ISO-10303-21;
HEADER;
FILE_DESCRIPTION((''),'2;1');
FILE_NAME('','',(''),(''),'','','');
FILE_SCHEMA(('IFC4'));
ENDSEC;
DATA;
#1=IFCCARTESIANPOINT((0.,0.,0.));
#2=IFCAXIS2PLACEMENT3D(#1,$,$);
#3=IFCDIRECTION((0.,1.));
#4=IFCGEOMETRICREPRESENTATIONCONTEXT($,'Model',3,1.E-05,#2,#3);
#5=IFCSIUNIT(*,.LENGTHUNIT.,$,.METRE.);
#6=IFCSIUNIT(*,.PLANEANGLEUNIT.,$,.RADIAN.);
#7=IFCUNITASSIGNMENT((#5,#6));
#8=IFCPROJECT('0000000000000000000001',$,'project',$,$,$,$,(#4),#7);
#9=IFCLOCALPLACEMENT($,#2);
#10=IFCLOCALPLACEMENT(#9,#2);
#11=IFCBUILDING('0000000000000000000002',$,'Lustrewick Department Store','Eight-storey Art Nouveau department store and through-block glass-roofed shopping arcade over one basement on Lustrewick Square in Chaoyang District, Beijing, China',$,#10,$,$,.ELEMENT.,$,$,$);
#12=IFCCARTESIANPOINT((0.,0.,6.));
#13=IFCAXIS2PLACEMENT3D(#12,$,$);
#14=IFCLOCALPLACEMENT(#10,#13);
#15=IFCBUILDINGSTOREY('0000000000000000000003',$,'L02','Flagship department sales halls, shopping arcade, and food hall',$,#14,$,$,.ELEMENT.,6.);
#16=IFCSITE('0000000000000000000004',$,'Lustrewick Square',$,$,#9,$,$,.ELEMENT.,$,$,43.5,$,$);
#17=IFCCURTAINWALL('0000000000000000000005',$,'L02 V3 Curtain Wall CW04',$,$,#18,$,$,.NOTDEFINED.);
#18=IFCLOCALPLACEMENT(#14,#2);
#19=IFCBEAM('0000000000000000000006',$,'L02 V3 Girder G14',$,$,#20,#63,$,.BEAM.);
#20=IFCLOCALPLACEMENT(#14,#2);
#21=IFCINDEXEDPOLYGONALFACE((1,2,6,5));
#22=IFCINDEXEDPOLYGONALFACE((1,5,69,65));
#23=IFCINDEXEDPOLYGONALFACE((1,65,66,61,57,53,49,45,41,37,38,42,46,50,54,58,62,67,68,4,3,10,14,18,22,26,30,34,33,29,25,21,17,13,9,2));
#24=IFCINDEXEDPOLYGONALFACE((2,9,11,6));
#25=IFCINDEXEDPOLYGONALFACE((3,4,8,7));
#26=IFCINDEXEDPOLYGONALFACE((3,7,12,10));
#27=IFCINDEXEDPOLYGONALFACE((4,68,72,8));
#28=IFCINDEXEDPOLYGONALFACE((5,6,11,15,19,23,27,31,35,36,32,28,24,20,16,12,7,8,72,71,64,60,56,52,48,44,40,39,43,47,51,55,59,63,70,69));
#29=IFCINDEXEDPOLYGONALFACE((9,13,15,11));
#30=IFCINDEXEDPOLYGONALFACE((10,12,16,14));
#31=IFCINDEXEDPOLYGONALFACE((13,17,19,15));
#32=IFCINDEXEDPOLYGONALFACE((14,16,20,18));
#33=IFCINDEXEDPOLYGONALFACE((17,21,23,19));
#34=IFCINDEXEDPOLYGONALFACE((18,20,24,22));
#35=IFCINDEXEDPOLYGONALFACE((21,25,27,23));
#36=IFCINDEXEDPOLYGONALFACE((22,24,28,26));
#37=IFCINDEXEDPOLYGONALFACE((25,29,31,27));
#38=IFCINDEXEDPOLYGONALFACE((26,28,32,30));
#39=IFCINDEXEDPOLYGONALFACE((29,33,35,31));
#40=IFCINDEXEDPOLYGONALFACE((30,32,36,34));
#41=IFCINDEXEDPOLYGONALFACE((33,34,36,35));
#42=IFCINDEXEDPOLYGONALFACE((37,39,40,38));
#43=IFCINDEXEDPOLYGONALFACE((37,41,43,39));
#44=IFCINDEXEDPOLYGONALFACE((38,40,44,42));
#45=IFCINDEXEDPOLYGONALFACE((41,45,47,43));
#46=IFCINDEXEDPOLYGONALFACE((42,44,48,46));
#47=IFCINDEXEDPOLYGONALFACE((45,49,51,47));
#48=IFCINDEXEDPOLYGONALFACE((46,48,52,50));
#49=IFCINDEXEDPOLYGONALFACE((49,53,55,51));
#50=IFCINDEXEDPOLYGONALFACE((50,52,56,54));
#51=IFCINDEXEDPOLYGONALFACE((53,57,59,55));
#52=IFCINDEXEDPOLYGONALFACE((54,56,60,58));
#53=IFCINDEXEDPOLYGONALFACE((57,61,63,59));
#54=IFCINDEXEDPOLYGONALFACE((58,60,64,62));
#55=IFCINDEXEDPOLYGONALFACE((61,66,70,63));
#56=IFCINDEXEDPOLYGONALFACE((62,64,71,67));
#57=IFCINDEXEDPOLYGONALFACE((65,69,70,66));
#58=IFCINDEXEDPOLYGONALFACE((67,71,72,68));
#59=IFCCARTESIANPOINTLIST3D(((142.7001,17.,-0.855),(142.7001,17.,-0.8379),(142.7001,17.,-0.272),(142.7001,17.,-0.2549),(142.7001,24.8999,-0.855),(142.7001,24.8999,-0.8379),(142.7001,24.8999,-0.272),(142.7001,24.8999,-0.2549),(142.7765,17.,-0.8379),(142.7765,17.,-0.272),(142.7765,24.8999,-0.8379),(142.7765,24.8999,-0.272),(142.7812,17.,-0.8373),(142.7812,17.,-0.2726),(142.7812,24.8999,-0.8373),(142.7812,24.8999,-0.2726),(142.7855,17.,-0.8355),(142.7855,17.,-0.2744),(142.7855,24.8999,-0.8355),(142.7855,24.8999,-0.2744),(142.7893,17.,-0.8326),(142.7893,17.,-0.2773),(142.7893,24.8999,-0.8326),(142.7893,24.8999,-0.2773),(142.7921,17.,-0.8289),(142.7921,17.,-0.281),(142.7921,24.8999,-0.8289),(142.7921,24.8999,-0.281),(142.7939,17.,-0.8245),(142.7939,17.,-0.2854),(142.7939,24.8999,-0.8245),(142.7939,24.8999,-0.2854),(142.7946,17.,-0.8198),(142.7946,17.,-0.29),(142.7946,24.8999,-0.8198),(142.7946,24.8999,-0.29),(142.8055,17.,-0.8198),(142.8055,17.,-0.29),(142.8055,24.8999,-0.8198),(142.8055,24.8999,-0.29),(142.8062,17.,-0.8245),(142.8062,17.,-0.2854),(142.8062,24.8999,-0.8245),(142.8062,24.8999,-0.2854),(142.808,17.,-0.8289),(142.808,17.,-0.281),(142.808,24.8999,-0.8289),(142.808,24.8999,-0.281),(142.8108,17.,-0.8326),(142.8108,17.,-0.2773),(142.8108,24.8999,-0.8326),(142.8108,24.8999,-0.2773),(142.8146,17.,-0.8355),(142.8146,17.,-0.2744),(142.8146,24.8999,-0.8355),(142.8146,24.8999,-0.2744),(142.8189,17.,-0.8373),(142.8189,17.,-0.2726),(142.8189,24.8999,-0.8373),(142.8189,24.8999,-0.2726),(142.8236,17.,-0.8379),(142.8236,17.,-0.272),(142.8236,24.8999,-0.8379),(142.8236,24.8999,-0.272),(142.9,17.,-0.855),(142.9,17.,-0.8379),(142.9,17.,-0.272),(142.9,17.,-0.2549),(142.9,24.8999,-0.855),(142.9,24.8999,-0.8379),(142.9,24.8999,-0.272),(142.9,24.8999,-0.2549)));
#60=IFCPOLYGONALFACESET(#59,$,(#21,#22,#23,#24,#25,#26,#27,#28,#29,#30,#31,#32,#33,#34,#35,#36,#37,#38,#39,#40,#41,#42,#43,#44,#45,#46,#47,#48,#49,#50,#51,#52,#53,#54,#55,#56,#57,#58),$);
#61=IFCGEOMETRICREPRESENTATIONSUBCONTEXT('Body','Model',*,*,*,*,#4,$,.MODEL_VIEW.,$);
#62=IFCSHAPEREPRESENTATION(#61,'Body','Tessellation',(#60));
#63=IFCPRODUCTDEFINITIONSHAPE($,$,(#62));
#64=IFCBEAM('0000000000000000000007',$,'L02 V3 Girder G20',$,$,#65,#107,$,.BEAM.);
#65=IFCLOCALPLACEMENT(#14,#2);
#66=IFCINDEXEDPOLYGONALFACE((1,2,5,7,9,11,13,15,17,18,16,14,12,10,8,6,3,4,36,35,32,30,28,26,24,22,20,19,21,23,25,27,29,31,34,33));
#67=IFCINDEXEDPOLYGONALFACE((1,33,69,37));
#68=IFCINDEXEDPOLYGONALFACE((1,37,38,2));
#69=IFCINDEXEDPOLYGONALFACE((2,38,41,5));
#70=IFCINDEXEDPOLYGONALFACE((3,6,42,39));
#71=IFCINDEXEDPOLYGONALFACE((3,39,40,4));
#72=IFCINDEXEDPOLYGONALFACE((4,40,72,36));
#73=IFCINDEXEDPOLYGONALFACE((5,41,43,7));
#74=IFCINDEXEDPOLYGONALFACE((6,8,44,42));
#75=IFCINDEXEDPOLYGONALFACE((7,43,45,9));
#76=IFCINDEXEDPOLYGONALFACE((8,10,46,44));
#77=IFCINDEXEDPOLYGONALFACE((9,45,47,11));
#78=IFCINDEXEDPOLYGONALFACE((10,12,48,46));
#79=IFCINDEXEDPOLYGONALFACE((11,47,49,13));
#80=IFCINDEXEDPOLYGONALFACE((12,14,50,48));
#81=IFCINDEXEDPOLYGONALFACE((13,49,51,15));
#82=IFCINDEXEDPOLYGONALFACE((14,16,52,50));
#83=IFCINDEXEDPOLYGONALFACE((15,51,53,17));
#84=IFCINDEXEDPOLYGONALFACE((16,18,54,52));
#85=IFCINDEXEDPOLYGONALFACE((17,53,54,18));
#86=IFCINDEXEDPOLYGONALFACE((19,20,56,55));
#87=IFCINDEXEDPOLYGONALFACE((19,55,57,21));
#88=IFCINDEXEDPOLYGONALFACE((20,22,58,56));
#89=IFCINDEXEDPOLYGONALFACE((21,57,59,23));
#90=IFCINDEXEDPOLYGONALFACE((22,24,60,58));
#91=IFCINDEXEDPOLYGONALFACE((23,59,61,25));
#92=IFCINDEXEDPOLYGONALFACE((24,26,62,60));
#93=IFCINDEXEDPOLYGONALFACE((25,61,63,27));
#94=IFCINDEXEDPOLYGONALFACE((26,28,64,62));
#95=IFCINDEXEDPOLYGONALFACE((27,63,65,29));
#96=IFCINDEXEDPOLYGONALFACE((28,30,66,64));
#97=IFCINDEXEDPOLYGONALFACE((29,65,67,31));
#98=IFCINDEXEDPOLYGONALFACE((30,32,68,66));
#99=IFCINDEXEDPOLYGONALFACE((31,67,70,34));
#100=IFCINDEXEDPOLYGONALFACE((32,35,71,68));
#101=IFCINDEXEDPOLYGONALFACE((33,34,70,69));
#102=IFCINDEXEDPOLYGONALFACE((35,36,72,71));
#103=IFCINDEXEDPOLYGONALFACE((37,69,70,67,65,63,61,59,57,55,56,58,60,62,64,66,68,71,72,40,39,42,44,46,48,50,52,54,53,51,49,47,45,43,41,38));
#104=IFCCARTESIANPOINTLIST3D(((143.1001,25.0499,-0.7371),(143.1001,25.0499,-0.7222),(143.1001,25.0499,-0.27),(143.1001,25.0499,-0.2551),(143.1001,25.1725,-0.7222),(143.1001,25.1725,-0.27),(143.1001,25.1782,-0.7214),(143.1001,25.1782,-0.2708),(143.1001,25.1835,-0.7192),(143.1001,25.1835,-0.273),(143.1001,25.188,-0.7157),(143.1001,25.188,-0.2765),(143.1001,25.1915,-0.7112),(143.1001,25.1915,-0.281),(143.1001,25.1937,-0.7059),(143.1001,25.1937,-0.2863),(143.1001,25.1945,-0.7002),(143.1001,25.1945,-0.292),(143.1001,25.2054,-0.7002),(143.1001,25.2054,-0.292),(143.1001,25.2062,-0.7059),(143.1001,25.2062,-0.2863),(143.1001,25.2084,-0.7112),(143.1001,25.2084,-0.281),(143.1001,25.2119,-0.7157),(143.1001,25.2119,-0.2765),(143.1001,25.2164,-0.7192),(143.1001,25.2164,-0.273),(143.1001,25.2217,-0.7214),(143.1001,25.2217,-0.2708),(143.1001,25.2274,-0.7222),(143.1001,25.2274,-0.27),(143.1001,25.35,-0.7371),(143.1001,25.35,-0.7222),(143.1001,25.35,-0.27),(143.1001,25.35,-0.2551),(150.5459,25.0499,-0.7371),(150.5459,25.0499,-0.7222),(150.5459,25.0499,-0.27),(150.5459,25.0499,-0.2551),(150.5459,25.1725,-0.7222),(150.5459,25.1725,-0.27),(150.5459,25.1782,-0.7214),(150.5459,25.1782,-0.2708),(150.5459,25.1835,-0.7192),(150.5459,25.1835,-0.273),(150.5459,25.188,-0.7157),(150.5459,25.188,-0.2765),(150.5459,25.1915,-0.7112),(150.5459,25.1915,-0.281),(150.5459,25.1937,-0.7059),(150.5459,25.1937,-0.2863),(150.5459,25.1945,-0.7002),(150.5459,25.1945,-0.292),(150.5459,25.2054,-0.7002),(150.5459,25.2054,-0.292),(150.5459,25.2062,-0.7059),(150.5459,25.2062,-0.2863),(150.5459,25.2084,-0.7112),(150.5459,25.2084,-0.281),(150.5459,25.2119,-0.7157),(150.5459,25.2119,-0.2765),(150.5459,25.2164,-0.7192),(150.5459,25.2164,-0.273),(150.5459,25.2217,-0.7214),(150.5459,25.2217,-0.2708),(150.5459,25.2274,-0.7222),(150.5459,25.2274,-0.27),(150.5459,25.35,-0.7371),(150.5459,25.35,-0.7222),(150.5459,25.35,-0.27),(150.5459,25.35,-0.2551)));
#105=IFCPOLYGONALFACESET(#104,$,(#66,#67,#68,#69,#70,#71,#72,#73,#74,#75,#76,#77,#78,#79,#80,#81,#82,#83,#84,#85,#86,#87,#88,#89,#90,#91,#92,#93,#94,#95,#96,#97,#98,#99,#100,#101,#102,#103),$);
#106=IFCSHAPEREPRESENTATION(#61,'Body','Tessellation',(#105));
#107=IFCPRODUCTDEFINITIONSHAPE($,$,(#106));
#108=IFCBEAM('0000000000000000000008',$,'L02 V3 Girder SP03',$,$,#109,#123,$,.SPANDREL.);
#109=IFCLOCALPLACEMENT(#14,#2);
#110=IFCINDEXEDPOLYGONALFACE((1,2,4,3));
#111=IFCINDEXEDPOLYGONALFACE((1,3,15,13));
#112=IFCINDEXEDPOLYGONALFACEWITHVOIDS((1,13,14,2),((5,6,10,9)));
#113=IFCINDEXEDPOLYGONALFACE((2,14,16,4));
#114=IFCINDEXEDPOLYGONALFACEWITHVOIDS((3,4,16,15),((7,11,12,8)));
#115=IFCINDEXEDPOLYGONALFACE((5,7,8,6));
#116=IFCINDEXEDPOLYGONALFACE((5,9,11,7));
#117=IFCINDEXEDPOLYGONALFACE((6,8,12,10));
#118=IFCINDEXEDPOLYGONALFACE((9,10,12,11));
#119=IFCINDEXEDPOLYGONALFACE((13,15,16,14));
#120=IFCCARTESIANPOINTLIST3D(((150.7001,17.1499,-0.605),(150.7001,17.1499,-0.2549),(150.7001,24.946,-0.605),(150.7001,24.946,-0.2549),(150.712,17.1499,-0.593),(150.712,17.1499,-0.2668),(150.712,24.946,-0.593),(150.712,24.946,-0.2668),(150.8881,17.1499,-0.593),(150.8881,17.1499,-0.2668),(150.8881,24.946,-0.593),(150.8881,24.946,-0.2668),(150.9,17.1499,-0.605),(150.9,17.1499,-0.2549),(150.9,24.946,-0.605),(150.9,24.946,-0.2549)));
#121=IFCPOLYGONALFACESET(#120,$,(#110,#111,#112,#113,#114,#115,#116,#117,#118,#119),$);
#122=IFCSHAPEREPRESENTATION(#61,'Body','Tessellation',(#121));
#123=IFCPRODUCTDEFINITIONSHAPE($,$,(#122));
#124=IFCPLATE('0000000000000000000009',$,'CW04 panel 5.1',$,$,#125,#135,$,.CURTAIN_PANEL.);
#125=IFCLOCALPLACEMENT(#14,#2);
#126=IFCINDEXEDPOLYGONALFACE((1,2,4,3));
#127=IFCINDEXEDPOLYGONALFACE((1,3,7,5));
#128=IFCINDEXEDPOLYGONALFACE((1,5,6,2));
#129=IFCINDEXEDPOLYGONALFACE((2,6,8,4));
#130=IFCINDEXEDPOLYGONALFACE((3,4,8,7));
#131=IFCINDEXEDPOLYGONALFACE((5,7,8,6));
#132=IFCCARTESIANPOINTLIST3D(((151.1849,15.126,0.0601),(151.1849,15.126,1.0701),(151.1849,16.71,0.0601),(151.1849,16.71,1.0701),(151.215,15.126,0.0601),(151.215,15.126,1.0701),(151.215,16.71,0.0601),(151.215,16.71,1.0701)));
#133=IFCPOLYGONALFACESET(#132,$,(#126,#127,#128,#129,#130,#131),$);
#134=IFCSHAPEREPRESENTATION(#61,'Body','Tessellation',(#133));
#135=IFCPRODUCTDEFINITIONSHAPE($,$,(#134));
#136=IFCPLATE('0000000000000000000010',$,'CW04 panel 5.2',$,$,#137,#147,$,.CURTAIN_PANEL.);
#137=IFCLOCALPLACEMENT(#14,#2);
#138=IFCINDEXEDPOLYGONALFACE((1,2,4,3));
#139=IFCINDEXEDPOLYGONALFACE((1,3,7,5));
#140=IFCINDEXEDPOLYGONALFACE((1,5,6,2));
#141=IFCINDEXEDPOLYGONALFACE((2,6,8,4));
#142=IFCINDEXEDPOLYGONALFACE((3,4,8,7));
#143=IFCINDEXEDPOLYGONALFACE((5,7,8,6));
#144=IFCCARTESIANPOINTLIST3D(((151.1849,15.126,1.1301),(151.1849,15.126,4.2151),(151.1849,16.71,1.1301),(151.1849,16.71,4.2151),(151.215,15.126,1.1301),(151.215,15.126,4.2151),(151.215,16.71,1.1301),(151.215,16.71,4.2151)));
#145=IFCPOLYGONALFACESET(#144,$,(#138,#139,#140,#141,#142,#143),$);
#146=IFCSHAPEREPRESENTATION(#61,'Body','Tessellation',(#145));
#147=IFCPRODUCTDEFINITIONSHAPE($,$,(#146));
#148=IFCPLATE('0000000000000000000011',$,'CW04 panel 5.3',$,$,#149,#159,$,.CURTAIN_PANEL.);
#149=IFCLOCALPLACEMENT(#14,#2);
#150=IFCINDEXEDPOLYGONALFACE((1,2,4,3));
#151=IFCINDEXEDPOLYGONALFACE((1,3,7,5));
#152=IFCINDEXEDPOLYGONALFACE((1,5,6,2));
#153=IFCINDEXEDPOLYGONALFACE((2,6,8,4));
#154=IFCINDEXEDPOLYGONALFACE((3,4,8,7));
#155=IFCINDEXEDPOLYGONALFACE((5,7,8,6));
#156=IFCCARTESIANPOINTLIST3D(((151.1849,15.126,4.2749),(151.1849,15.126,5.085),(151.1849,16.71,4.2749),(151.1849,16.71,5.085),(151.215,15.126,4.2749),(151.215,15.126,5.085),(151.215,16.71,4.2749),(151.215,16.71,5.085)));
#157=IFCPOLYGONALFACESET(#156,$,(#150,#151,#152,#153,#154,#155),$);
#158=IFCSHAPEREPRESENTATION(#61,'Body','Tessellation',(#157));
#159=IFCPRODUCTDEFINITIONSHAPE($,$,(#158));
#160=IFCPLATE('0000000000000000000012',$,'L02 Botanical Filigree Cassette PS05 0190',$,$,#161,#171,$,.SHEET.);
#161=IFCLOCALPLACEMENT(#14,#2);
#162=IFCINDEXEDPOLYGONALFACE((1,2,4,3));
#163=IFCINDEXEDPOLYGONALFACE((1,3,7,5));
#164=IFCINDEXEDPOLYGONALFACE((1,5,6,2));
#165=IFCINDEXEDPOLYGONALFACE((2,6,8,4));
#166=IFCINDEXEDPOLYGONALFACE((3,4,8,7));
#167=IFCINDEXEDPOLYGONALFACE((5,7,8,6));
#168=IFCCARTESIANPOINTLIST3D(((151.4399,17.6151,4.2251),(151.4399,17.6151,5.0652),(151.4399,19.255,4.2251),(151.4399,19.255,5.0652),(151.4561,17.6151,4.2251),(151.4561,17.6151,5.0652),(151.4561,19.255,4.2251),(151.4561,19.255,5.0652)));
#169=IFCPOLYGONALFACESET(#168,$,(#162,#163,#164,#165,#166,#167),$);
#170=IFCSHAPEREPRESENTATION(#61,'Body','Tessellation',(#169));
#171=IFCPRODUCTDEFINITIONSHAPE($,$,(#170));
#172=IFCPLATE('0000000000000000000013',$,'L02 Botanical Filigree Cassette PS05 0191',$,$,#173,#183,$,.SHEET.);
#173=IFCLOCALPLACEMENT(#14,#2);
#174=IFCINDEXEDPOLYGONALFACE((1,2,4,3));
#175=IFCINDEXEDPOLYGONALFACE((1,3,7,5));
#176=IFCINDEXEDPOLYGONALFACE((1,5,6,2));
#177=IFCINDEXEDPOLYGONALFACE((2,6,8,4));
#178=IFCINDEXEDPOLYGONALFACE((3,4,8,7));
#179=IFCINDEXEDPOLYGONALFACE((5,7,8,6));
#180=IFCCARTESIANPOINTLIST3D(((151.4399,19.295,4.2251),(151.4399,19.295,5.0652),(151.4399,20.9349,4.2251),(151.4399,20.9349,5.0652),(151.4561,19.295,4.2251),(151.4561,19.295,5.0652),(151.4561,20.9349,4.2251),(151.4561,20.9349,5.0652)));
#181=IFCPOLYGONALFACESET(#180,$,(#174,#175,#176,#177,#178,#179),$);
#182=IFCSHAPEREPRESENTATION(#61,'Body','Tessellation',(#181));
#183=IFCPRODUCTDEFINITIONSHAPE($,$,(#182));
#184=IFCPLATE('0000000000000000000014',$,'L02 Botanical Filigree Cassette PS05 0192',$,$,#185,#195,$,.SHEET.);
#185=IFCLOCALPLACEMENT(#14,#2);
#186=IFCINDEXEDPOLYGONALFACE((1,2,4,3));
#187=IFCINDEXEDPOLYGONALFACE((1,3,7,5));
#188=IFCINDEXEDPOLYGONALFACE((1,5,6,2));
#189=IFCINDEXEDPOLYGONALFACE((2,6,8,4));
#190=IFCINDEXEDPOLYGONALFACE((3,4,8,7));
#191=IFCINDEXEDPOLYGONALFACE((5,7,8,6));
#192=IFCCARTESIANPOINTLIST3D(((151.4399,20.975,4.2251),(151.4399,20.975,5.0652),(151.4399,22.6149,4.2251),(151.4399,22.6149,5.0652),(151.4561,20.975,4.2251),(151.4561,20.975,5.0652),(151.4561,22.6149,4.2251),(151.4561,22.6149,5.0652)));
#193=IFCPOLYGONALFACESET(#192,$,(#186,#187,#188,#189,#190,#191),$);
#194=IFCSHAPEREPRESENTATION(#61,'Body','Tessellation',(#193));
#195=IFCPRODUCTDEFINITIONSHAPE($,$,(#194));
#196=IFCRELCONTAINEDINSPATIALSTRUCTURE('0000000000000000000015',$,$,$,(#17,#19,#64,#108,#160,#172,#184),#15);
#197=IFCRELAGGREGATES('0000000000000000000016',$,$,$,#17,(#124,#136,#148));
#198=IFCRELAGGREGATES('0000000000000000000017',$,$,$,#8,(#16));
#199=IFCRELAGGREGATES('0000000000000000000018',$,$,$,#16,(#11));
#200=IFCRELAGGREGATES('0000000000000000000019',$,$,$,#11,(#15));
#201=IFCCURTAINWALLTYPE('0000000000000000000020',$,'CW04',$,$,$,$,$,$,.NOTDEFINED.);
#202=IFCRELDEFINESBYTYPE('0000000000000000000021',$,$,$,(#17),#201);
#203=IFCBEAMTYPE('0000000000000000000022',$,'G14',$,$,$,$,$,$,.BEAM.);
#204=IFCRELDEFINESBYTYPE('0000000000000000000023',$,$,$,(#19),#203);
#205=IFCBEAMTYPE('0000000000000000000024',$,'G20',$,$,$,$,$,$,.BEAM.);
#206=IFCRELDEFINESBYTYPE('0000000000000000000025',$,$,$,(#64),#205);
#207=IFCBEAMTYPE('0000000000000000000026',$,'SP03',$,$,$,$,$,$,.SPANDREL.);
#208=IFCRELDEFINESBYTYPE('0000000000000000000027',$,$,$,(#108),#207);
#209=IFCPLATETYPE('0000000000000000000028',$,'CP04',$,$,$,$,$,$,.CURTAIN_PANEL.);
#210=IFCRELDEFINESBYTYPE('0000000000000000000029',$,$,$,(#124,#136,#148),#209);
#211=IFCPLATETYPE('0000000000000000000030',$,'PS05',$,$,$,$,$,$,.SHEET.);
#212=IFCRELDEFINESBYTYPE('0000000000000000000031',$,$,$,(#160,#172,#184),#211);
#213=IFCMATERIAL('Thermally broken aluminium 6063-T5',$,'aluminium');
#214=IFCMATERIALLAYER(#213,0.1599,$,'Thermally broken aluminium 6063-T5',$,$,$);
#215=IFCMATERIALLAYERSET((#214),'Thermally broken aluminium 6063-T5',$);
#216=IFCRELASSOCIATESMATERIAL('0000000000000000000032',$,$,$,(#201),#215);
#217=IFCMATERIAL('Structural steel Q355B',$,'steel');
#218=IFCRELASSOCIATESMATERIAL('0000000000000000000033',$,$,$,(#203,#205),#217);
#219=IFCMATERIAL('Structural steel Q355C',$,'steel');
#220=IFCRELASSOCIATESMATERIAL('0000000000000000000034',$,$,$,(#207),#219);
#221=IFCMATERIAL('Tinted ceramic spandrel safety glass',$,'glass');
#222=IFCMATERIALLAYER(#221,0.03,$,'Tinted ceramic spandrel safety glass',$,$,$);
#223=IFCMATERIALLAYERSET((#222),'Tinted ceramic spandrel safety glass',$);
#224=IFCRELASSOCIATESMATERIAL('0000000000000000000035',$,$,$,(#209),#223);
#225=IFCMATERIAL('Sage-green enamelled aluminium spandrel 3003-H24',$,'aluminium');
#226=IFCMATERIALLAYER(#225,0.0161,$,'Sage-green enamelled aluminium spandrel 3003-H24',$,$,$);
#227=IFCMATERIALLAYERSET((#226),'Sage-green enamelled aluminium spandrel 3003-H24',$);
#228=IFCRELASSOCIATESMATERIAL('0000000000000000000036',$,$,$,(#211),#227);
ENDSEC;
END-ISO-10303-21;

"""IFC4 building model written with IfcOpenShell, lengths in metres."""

from ifc_helpers import new_model, si_unit, direction, frame, origin, origin_2d, place, context, subcontext, project, spatial, rectangle, hollow_rectangle, i_section, extrude, material, layer, layer_set, material_profile, profile_set, type_object, element, aggregate, save


model = new_model("IFC4")

# Units and contexts
model_context = context("Model", 3, precision=1e-05, world=origin(), true_north=direction((0.0, 1.0)))
body_context = subcontext(model_context, "Body", "Model", "MODEL_VIEW")
ifc_project = project(units=[si_unit("LENGTHUNIT", "METRE"), si_unit("PLANEANGLEUNIT", "RADIAN")], contexts=[model_context])

# Site, building, storey
site_placement = place(None, origin())
site = spatial("IfcSite", under=ifc_project, at=site_placement, Name="Lustrewick Square", CompositionType="ELEMENT", RefElevation=43.5)
building_placement = place(site_placement, origin())
building = spatial("IfcBuilding", under=site, at=building_placement, Name="Lustrewick Department Store", Description="Eight-storey Art Nouveau department store and through-block glass-roofed shopping arcade over one basement on Lustrewick Square in Chaoyang District, Beijing, China", CompositionType="ELEMENT")
storey_placement = place(building_placement, frame((0.0, 0.0, 6.0)))
storey = spatial("IfcBuildingStorey", under=building, at=storey_placement, Name="L02", Description="Flagship department sales halls, shopping arcade, and food hall", CompositionType="ELEMENT", Elevation=6.0)

# Shared definitions
ifc_material_1 = material(Name="Structural steel Q355C", Category="steel")

# Shared definitions
ifc_material_2 = material(Name="Structural steel Q355B", Category="steel")

# Curtain wall
ifc_material_3 = material(Name="Thermally broken aluminium 6063-T5", Category="aluminium")
ifc_layer_1 = layer(ifc_material_3, 0.1599, Name="Thermally broken aluminium 6063-T5")
ifc_layer_set_1 = layer_set([ifc_layer_1], Name="Thermally broken aluminium 6063-T5")
curtain_wall_type_1 = type_object("IfcCurtainWallType", Name="CW04", PredefinedType="NOTDEFINED", material=ifc_layer_set_1)
curtain_wall_1_placement = place(storey_placement, origin())
curtain_wall_1 = element("IfcCurtainWall", 1, at=curtain_wall_1_placement, inside=storey, type_object=curtain_wall_type_1, Name="L02 V3 Curtain Wall CW04", PredefinedType="NOTDEFINED")

# Beams
ifc_material_profile_1 = material_profile(ifc_material_2, i_section(OverallWidth=0.2, OverallDepth=0.6001, WebThickness=0.011, FlangeThickness=0.0171, FilletRadius=0.0181, at=origin_2d()), Name="HN 600x200x11x17")
ifc_profile_set_1 = profile_set([ifc_material_profile_1], Name="Structural steel Q355B")
beam_type_1 = type_object("IfcBeamType", Name="G14", PredefinedType="BEAM", material=ifc_profile_set_1)
beam_1_placement = place(storey_placement, frame((142.8, 17.0, -0.5549), z_axis=(0.0, 1.0, 0.0), x_axis=(-1.0, 0.0, 0.0)))
element("IfcBeam", 2, at=beam_1_placement, inside=storey, type_object=beam_type_1, Name="L02 V3 Girder G14", PredefinedType="BEAM", context=body_context, shape_type="SweptSolid", body=[
    extrude(i_section(OverallWidth=0.2, OverallDepth=0.6001, WebThickness=0.011, FlangeThickness=0.0171, FilletRadius=0.0181, at=origin_2d()), origin(), (0.0, 0.0, 1.0), 7.8999),
])
ifc_material_profile_2 = material_profile(ifc_material_2, i_section(OverallWidth=0.3, OverallDepth=0.4819, WebThickness=0.011, FlangeThickness=0.0149, FilletRadius=0.022, at=origin_2d()), Name="HM 482x300x11x15")
ifc_profile_set_2 = profile_set([ifc_material_profile_2], Name="Structural steel Q355B")
beam_type_2 = type_object("IfcBeamType", Name="G20", PredefinedType="BEAM", material=ifc_profile_set_2)
beam_2_placement = place(storey_placement, frame((143.1001, 25.2, -0.4961), z_axis=(1.0, 0.0, 0.0), x_axis=(0.0, 1.0, 0.0)))
element("IfcBeam", 3, at=beam_2_placement, inside=storey, type_object=beam_type_2, Name="L02 V3 Girder G20", PredefinedType="BEAM", context=body_context, shape_type="SweptSolid", body=[
    extrude(i_section(OverallWidth=0.3, OverallDepth=0.4819, WebThickness=0.011, FlangeThickness=0.0149, FilletRadius=0.022, at=origin_2d()), origin(), (0.0, 0.0, 1.0), 7.4458),
])
ifc_material_profile_3 = material_profile(ifc_material_1, hollow_rectangle(XDim=0.2, YDim=0.3501, WallThickness=0.012, at=origin_2d()), Name="RHS 350x200x12")
ifc_profile_set_3 = profile_set([ifc_material_profile_3], Name="Structural steel Q355C")
beam_type_3 = type_object("IfcBeamType", Name="SP03", PredefinedType="SPANDREL", material=ifc_profile_set_3)
beam_3_placement = place(storey_placement, frame((150.8, 17.1499, -0.4299), z_axis=(0.0, 1.0, 0.0), x_axis=(-1.0, 0.0, 0.0)))
element("IfcBeam", 4, at=beam_3_placement, inside=storey, type_object=beam_type_3, Name="L02 V3 Girder SP03", PredefinedType="SPANDREL", context=body_context, shape_type="SweptSolid", body=[
    extrude(hollow_rectangle(XDim=0.2, YDim=0.3501, WallThickness=0.012, at=origin_2d()), origin(), (0.0, 0.0, 1.0), 7.7961),
])

# Plates
ifc_material_4 = material(Name="Tinted ceramic spandrel safety glass", Category="glass")
ifc_layer_2 = layer(ifc_material_4, 0.03, Name="Tinted ceramic spandrel safety glass")
ifc_layer_set_2 = layer_set([ifc_layer_2], Name="Tinted ceramic spandrel safety glass")
plate_type_1 = type_object("IfcPlateType", Name="CP04", PredefinedType="CURTAIN_PANEL", material=ifc_layer_set_2)
plate_1_placement = place(storey_placement, frame((151.2, 15.918, 0.0601), z_axis=(0.0, 0.0, 1.0), x_axis=(0.0, 1.0, 0.0)))
plate_1 = element("IfcPlate", 5, at=plate_1_placement, type_object=plate_type_1, Name="CW04 panel 5.1", PredefinedType="CURTAIN_PANEL", context=body_context, shape_type="SweptSolid", body=[
    extrude(rectangle(XDim=1.584, YDim=0.03, at=origin_2d()), origin(), (0.0, 0.0, 1.0), 1.01),
])
plate_2_placement = place(storey_placement, frame((151.2, 15.918, 1.1301), z_axis=(0.0, 0.0, 1.0), x_axis=(0.0, 1.0, 0.0)))
plate_2 = element("IfcPlate", 6, at=plate_2_placement, type_object=plate_type_1, Name="CW04 panel 5.2", PredefinedType="CURTAIN_PANEL", context=body_context, shape_type="SweptSolid", body=[
    extrude(rectangle(XDim=1.584, YDim=0.03, at=origin_2d()), origin(), (0.0, 0.0, 1.0), 3.085),
])
plate_3_placement = place(storey_placement, frame((151.2, 15.918, 4.2749), z_axis=(0.0, 0.0, 1.0), x_axis=(0.0, 1.0, 0.0)))
plate_3 = element("IfcPlate", 7, at=plate_3_placement, type_object=plate_type_1, Name="CW04 panel 5.3", PredefinedType="CURTAIN_PANEL", context=body_context, shape_type="SweptSolid", body=[
    extrude(rectangle(XDim=1.584, YDim=0.03, at=origin_2d()), origin(), (0.0, 0.0, 1.0), 0.8101),
])
aggregate(curtain_wall_1, [plate_1, plate_2, plate_3])

# Plates
ifc_material_5 = material(Name="Sage-green enamelled aluminium spandrel 3003-H24", Category="aluminium")
ifc_layer_3 = layer(ifc_material_5, 0.0161, Name="Sage-green enamelled aluminium spandrel 3003-H24")
ifc_layer_set_3 = layer_set([ifc_layer_3], Name="Sage-green enamelled aluminium spandrel 3003-H24")
plate_type_2 = type_object("IfcPlateType", Name="PS05", PredefinedType="SHEET", material=ifc_layer_set_3)
for number, where, z_axis, x_axis, name in (
    (8, (151.448, 18.4351, 4.2251), (0.0, 0.0, 1.0), (0.0, 1.0, 0.0), "L02 Botanical Filigree Cassette PS05 0190"),
    (9, (151.448, 20.115, 4.2251), (0.0, 0.0, 1.0), (0.0, 1.0, 0.0), "L02 Botanical Filigree Cassette PS05 0191"),
    (10, (151.448, 21.7949, 4.2251), (0.0, 0.0, 1.0), (0.0, 1.0, 0.0), "L02 Botanical Filigree Cassette PS05 0192"),
):
    element("IfcPlate", number, at=place(storey_placement, frame(where, z_axis=z_axis, x_axis=x_axis)), inside=storey, type_object=plate_type_2, Name=name, PredefinedType="SHEET", context=body_context, shape_type="SweptSolid", body=[
        extrude(rectangle(XDim=1.6399, YDim=0.0161, at=origin_2d()), origin(), (0.0, 0.0, 1.0), 0.8401),
    ])

save(model, "model.ifc")
